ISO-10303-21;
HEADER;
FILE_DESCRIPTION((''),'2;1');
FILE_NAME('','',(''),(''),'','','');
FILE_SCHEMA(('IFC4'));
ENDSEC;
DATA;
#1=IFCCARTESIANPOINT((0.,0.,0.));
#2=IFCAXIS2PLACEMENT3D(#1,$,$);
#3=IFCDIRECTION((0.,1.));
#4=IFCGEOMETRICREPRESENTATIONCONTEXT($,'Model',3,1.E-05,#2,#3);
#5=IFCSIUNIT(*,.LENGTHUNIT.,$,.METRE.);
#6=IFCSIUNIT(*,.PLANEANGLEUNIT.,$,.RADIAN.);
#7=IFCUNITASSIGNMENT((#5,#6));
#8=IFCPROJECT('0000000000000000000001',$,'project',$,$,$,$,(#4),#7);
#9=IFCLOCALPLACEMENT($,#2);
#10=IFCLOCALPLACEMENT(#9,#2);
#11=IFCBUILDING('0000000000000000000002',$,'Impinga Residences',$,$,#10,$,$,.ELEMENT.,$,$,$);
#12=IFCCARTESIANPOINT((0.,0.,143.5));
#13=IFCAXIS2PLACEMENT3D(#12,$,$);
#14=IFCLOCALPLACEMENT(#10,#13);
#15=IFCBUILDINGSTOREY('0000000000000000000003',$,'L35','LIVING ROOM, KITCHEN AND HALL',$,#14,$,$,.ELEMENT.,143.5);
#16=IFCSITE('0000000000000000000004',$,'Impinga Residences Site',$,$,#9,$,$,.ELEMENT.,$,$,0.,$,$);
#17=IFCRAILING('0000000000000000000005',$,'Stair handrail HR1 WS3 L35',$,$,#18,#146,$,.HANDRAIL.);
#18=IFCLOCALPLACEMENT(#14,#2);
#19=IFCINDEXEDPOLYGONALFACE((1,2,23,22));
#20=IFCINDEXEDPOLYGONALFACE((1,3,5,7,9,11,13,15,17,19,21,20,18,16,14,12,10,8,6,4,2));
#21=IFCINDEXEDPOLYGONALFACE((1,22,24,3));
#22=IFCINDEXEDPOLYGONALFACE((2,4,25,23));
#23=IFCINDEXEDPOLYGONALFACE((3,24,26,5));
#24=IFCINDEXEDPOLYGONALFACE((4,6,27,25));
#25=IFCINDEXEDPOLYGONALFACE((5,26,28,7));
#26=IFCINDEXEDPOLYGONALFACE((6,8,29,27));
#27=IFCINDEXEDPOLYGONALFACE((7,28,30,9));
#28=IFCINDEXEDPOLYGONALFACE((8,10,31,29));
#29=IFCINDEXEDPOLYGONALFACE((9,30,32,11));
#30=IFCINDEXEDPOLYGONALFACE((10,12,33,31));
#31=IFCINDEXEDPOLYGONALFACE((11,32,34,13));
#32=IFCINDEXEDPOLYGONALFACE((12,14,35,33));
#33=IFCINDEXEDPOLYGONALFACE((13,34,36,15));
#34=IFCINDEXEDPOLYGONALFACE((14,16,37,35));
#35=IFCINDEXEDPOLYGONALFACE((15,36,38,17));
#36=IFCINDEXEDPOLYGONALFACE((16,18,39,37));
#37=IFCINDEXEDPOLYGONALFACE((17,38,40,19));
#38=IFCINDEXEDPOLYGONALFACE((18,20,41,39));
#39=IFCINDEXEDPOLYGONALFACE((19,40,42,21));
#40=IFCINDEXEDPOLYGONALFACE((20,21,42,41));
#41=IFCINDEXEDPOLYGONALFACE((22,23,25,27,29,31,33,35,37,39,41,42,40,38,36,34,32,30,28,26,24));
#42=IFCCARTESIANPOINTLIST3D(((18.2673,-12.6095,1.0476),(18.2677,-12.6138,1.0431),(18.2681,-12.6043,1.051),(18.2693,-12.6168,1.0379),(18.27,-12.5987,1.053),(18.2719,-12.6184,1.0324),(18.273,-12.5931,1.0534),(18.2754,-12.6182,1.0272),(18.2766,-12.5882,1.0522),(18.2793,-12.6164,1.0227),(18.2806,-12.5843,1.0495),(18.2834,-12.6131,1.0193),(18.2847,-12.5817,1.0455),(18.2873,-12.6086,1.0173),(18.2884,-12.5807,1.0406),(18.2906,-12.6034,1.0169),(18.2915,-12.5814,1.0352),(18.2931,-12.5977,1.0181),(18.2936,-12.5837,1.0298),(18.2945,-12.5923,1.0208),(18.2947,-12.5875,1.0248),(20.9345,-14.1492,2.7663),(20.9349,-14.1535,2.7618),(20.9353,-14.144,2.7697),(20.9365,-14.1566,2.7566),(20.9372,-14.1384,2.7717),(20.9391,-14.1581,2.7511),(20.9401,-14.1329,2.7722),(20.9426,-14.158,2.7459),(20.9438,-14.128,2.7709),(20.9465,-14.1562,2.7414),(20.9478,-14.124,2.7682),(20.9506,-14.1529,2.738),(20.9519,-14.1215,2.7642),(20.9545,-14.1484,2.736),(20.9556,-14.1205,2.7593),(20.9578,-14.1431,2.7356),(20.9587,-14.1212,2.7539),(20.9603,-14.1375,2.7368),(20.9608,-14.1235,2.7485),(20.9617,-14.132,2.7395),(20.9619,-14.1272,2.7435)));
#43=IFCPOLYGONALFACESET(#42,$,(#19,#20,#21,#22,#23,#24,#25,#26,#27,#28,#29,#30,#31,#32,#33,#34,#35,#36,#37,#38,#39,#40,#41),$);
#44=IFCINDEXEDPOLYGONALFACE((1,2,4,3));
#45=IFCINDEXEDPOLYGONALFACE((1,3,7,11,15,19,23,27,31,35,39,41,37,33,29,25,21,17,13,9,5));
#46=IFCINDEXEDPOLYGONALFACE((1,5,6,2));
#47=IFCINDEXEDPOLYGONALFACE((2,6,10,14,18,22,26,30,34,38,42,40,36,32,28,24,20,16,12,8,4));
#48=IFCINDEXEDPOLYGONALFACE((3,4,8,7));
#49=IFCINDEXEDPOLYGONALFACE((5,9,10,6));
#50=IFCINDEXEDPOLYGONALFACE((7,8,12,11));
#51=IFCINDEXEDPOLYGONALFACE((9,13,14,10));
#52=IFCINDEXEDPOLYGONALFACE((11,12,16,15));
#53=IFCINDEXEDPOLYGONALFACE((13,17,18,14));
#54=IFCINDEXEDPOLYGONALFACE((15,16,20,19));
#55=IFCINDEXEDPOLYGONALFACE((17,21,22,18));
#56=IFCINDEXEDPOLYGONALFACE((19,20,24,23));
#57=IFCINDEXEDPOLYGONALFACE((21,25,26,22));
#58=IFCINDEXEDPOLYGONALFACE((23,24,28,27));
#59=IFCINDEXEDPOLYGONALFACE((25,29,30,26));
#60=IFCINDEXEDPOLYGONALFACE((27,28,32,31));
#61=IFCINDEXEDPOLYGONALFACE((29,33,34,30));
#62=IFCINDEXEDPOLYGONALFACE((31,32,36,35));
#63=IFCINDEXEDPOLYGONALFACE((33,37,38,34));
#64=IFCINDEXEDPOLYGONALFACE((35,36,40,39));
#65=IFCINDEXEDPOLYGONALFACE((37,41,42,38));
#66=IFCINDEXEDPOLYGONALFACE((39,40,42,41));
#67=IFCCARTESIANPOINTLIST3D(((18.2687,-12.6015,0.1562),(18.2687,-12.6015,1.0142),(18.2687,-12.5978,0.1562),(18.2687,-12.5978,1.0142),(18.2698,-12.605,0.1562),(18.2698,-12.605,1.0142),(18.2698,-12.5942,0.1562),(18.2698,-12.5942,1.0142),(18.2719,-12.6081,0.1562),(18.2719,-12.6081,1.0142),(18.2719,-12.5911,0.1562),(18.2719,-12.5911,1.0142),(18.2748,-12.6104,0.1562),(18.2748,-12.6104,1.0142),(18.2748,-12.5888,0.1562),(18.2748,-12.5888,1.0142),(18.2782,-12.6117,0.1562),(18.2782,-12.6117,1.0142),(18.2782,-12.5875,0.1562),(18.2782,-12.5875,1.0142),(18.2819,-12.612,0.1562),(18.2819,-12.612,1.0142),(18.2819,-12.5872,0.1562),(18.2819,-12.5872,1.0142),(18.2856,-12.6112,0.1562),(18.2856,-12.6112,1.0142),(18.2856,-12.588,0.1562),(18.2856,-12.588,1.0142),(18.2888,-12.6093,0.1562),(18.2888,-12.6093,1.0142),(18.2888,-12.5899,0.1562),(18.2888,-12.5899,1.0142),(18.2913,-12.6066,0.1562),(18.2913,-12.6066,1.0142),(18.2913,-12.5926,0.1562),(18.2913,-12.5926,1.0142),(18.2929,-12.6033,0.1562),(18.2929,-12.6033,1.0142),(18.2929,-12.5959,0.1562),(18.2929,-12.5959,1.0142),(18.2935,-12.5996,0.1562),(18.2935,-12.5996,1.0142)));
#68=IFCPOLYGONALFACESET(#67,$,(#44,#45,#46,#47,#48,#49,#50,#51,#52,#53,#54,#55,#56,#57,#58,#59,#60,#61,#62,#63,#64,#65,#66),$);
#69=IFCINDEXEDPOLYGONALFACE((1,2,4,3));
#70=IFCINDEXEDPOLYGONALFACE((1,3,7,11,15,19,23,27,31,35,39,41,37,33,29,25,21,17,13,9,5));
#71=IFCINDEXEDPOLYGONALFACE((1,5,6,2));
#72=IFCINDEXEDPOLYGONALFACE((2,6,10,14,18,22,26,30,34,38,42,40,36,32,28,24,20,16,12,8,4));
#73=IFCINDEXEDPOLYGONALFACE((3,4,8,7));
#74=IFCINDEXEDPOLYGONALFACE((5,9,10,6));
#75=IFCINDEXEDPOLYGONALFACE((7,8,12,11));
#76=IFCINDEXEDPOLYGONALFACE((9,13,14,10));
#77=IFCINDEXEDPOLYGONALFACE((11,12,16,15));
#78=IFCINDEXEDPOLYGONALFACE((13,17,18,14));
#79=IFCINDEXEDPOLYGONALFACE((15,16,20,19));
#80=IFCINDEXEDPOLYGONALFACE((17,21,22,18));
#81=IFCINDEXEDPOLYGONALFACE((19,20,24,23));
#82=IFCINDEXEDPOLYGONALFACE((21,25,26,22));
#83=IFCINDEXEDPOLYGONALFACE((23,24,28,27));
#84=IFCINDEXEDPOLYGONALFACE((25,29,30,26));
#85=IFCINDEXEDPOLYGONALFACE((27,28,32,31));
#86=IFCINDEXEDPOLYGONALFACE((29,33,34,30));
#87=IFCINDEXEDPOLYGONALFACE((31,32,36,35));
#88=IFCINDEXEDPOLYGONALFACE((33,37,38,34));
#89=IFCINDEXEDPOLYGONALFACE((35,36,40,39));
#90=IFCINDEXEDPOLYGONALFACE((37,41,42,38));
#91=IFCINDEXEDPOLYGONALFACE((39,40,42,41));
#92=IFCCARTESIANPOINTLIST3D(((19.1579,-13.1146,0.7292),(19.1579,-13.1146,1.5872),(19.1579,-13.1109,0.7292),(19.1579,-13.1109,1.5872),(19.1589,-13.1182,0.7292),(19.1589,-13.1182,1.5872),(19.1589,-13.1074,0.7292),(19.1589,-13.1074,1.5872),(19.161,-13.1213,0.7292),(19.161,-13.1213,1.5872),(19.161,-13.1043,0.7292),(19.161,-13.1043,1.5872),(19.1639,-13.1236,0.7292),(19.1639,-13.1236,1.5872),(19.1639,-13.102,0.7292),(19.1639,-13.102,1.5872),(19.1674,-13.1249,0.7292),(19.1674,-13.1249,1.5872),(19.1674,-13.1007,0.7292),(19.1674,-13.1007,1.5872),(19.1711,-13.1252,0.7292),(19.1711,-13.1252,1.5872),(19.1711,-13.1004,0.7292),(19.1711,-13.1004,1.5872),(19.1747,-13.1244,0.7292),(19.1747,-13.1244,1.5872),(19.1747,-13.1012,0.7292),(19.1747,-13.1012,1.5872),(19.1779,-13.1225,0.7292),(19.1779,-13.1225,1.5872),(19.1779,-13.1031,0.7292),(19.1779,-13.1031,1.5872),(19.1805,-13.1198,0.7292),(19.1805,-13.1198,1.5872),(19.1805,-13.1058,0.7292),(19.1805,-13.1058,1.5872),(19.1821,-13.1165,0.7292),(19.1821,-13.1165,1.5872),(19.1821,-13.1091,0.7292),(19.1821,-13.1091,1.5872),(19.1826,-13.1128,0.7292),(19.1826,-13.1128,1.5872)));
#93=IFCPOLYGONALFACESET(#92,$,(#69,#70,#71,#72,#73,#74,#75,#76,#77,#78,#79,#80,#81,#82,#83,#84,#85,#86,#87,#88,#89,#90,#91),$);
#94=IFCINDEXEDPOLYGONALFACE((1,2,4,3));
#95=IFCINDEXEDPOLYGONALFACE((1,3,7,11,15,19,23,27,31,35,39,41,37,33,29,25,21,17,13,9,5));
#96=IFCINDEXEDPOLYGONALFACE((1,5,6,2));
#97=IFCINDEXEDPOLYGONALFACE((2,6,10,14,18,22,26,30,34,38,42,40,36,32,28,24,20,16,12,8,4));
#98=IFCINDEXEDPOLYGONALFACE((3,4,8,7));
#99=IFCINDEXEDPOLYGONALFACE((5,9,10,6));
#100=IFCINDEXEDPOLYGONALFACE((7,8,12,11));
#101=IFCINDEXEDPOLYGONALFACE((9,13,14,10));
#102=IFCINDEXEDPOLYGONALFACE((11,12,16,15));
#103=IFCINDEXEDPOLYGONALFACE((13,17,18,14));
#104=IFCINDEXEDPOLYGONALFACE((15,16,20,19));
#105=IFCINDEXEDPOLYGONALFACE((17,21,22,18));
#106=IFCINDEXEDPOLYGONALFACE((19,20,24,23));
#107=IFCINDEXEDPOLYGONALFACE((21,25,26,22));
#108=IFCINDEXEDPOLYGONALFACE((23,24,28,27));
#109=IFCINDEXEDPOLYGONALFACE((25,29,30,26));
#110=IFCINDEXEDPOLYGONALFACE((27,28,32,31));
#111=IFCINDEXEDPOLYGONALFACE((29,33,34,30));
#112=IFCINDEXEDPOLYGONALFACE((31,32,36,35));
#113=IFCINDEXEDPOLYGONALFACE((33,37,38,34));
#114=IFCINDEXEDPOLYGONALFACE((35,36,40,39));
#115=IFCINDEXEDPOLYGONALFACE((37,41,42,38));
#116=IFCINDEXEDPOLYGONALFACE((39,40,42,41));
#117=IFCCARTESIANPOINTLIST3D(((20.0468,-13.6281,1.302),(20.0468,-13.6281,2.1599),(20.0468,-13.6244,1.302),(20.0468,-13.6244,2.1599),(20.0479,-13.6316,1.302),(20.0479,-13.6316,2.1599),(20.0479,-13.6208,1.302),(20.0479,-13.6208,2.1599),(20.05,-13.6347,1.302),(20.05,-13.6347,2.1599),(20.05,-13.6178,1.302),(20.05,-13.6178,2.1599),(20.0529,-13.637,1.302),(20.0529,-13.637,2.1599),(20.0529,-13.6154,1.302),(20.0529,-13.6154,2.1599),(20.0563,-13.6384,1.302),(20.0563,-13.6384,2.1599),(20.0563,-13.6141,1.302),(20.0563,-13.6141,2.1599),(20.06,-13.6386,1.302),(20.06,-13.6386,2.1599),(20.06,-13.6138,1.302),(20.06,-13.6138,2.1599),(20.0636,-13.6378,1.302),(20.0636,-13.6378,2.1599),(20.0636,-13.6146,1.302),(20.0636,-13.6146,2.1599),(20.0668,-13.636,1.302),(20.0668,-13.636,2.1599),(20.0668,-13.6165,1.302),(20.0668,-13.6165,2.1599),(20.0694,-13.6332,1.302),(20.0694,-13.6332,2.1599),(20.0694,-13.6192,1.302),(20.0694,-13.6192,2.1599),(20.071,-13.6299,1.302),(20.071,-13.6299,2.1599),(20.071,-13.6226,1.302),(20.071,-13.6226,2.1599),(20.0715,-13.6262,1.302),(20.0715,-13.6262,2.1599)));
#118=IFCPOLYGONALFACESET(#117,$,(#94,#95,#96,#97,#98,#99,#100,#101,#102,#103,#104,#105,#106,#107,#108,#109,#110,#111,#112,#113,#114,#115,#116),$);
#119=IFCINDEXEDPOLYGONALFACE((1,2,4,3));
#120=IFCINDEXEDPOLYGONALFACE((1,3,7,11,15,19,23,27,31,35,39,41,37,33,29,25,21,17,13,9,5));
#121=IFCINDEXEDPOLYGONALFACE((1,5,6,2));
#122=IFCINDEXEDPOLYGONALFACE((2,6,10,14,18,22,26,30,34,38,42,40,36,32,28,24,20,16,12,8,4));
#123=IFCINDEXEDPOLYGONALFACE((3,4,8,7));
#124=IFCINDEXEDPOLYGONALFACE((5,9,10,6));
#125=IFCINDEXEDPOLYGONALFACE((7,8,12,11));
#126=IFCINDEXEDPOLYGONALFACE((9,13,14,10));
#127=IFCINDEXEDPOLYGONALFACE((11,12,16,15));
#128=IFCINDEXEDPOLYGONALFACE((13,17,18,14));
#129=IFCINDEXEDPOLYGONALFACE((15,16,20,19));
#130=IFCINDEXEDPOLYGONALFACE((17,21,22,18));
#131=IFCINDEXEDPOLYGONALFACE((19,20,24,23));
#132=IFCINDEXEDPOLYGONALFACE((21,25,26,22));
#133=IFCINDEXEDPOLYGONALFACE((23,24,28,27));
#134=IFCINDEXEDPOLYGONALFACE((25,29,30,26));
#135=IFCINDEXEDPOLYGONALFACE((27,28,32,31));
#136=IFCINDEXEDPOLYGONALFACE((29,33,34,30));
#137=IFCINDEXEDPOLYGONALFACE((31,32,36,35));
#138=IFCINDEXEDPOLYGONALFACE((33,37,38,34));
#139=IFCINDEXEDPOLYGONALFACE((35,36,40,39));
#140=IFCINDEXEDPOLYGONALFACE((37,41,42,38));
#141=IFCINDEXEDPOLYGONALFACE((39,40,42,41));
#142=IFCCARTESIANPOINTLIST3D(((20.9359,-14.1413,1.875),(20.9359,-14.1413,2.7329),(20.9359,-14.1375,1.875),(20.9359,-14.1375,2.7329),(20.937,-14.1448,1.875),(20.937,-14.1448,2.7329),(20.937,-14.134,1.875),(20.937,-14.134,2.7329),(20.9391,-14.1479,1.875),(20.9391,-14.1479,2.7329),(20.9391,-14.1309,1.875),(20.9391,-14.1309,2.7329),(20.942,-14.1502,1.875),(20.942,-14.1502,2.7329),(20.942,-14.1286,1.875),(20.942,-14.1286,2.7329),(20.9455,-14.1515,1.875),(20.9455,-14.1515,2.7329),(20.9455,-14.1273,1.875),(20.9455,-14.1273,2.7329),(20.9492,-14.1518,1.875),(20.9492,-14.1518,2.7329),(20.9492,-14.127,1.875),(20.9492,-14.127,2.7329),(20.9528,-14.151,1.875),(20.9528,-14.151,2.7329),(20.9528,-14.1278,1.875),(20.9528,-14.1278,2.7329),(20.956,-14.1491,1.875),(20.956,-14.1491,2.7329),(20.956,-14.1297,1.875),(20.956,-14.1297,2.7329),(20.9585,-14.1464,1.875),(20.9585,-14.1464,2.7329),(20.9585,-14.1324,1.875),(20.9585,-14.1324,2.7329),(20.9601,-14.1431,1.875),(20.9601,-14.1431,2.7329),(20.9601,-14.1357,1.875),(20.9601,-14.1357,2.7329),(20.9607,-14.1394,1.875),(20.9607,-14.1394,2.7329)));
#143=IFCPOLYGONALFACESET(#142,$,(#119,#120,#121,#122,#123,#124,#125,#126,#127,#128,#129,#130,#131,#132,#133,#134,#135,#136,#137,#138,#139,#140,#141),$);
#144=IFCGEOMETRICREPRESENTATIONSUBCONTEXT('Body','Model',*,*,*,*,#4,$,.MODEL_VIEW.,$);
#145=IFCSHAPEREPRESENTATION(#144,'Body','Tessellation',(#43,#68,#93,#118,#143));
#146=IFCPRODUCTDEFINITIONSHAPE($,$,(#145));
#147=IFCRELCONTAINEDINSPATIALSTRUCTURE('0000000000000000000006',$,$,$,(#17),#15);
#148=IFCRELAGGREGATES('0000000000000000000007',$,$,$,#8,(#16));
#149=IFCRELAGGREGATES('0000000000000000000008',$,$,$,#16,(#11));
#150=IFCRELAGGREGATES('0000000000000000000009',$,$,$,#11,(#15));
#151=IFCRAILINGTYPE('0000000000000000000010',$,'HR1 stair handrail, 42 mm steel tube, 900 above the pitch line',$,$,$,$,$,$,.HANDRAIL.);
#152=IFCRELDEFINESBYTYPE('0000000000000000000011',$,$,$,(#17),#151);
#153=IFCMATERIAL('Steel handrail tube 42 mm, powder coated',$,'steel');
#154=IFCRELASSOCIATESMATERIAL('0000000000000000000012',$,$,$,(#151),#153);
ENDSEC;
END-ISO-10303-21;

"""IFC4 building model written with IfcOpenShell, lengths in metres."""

from ifc_helpers import new_model, si_unit, direction, frame, origin, origin_2d, place, context, subcontext, project, spatial, circle, extrude, material, type_object, element, save


model = new_model("IFC4")

# Units and contexts
model_context = context("Model", 3, precision=1e-05, world=origin(), true_north=direction((0.0, 1.0)))
body_context = subcontext(model_context, "Body", "Model", "MODEL_VIEW")
ifc_project = project(units=[si_unit("LENGTHUNIT", "METRE"), si_unit("PLANEANGLEUNIT", "RADIAN")], contexts=[model_context])

# Site, building, storey
site_placement = place(None, origin())
site = spatial("IfcSite", under=ifc_project, at=site_placement, Name="Impinga Residences Site", CompositionType="ELEMENT", RefElevation=0.0)
building_placement = place(site_placement, origin())
building = spatial("IfcBuilding", under=site, at=building_placement, Name="Impinga Residences", CompositionType="ELEMENT")
storey_placement = place(building_placement, frame((0.0, 0.0, 143.5)))
storey = spatial("IfcBuildingStorey", under=building, at=storey_placement, Name="L35", Description="LIVING ROOM, KITCHEN AND HALL", CompositionType="ELEMENT", Elevation=143.5)

# Railing
ifc_material_1 = material(Name="Steel handrail tube 42 mm, powder coated", Category="steel")
railing_type = type_object("IfcRailingType", Name="HR1 stair handrail, 42 mm steel tube, 900 above the pitch line", PredefinedType="HANDRAIL", material=ifc_material_1)
railing_1_placement = place(storey_placement, frame((18.281, -12.5996, 0.1562)))
element("IfcRailing", 1, at=railing_1_placement, inside=storey, type_object=railing_type, Name="Stair handrail HR1 WS3 L35", PredefinedType="HANDRAIL", context=body_context, shape_type="SweptSolid", body=[
    extrude(circle(Radius=0.021, at=origin_2d()), frame((0.0, 0.0, 0.8789), z_axis=(0.756249, -0.436582, 0.487322), x_axis=(0.499967, 0.866044, 0.0)), (0.0, 0.0, 1.0), 3.5269),
    extrude(circle(Radius=0.0125, at=origin_2d()), origin(), (0.0, 0.0, 1.0), 0.8579),
    extrude(circle(Radius=0.0125, at=origin_2d()), frame((0.8892, -0.5132, 0.573)), (0.0, 0.0, 1.0), 0.8579),
    extrude(circle(Radius=0.0125, at=origin_2d()), frame((1.7781, -1.0266, 1.1458)), (0.0, 0.0, 1.0), 0.8579),
    extrude(circle(Radius=0.0125, at=origin_2d()), frame((2.6672, -1.5398, 1.7188)), (0.0, 0.0, 1.0), 0.8579),
])

save(model, "model.ifc")
